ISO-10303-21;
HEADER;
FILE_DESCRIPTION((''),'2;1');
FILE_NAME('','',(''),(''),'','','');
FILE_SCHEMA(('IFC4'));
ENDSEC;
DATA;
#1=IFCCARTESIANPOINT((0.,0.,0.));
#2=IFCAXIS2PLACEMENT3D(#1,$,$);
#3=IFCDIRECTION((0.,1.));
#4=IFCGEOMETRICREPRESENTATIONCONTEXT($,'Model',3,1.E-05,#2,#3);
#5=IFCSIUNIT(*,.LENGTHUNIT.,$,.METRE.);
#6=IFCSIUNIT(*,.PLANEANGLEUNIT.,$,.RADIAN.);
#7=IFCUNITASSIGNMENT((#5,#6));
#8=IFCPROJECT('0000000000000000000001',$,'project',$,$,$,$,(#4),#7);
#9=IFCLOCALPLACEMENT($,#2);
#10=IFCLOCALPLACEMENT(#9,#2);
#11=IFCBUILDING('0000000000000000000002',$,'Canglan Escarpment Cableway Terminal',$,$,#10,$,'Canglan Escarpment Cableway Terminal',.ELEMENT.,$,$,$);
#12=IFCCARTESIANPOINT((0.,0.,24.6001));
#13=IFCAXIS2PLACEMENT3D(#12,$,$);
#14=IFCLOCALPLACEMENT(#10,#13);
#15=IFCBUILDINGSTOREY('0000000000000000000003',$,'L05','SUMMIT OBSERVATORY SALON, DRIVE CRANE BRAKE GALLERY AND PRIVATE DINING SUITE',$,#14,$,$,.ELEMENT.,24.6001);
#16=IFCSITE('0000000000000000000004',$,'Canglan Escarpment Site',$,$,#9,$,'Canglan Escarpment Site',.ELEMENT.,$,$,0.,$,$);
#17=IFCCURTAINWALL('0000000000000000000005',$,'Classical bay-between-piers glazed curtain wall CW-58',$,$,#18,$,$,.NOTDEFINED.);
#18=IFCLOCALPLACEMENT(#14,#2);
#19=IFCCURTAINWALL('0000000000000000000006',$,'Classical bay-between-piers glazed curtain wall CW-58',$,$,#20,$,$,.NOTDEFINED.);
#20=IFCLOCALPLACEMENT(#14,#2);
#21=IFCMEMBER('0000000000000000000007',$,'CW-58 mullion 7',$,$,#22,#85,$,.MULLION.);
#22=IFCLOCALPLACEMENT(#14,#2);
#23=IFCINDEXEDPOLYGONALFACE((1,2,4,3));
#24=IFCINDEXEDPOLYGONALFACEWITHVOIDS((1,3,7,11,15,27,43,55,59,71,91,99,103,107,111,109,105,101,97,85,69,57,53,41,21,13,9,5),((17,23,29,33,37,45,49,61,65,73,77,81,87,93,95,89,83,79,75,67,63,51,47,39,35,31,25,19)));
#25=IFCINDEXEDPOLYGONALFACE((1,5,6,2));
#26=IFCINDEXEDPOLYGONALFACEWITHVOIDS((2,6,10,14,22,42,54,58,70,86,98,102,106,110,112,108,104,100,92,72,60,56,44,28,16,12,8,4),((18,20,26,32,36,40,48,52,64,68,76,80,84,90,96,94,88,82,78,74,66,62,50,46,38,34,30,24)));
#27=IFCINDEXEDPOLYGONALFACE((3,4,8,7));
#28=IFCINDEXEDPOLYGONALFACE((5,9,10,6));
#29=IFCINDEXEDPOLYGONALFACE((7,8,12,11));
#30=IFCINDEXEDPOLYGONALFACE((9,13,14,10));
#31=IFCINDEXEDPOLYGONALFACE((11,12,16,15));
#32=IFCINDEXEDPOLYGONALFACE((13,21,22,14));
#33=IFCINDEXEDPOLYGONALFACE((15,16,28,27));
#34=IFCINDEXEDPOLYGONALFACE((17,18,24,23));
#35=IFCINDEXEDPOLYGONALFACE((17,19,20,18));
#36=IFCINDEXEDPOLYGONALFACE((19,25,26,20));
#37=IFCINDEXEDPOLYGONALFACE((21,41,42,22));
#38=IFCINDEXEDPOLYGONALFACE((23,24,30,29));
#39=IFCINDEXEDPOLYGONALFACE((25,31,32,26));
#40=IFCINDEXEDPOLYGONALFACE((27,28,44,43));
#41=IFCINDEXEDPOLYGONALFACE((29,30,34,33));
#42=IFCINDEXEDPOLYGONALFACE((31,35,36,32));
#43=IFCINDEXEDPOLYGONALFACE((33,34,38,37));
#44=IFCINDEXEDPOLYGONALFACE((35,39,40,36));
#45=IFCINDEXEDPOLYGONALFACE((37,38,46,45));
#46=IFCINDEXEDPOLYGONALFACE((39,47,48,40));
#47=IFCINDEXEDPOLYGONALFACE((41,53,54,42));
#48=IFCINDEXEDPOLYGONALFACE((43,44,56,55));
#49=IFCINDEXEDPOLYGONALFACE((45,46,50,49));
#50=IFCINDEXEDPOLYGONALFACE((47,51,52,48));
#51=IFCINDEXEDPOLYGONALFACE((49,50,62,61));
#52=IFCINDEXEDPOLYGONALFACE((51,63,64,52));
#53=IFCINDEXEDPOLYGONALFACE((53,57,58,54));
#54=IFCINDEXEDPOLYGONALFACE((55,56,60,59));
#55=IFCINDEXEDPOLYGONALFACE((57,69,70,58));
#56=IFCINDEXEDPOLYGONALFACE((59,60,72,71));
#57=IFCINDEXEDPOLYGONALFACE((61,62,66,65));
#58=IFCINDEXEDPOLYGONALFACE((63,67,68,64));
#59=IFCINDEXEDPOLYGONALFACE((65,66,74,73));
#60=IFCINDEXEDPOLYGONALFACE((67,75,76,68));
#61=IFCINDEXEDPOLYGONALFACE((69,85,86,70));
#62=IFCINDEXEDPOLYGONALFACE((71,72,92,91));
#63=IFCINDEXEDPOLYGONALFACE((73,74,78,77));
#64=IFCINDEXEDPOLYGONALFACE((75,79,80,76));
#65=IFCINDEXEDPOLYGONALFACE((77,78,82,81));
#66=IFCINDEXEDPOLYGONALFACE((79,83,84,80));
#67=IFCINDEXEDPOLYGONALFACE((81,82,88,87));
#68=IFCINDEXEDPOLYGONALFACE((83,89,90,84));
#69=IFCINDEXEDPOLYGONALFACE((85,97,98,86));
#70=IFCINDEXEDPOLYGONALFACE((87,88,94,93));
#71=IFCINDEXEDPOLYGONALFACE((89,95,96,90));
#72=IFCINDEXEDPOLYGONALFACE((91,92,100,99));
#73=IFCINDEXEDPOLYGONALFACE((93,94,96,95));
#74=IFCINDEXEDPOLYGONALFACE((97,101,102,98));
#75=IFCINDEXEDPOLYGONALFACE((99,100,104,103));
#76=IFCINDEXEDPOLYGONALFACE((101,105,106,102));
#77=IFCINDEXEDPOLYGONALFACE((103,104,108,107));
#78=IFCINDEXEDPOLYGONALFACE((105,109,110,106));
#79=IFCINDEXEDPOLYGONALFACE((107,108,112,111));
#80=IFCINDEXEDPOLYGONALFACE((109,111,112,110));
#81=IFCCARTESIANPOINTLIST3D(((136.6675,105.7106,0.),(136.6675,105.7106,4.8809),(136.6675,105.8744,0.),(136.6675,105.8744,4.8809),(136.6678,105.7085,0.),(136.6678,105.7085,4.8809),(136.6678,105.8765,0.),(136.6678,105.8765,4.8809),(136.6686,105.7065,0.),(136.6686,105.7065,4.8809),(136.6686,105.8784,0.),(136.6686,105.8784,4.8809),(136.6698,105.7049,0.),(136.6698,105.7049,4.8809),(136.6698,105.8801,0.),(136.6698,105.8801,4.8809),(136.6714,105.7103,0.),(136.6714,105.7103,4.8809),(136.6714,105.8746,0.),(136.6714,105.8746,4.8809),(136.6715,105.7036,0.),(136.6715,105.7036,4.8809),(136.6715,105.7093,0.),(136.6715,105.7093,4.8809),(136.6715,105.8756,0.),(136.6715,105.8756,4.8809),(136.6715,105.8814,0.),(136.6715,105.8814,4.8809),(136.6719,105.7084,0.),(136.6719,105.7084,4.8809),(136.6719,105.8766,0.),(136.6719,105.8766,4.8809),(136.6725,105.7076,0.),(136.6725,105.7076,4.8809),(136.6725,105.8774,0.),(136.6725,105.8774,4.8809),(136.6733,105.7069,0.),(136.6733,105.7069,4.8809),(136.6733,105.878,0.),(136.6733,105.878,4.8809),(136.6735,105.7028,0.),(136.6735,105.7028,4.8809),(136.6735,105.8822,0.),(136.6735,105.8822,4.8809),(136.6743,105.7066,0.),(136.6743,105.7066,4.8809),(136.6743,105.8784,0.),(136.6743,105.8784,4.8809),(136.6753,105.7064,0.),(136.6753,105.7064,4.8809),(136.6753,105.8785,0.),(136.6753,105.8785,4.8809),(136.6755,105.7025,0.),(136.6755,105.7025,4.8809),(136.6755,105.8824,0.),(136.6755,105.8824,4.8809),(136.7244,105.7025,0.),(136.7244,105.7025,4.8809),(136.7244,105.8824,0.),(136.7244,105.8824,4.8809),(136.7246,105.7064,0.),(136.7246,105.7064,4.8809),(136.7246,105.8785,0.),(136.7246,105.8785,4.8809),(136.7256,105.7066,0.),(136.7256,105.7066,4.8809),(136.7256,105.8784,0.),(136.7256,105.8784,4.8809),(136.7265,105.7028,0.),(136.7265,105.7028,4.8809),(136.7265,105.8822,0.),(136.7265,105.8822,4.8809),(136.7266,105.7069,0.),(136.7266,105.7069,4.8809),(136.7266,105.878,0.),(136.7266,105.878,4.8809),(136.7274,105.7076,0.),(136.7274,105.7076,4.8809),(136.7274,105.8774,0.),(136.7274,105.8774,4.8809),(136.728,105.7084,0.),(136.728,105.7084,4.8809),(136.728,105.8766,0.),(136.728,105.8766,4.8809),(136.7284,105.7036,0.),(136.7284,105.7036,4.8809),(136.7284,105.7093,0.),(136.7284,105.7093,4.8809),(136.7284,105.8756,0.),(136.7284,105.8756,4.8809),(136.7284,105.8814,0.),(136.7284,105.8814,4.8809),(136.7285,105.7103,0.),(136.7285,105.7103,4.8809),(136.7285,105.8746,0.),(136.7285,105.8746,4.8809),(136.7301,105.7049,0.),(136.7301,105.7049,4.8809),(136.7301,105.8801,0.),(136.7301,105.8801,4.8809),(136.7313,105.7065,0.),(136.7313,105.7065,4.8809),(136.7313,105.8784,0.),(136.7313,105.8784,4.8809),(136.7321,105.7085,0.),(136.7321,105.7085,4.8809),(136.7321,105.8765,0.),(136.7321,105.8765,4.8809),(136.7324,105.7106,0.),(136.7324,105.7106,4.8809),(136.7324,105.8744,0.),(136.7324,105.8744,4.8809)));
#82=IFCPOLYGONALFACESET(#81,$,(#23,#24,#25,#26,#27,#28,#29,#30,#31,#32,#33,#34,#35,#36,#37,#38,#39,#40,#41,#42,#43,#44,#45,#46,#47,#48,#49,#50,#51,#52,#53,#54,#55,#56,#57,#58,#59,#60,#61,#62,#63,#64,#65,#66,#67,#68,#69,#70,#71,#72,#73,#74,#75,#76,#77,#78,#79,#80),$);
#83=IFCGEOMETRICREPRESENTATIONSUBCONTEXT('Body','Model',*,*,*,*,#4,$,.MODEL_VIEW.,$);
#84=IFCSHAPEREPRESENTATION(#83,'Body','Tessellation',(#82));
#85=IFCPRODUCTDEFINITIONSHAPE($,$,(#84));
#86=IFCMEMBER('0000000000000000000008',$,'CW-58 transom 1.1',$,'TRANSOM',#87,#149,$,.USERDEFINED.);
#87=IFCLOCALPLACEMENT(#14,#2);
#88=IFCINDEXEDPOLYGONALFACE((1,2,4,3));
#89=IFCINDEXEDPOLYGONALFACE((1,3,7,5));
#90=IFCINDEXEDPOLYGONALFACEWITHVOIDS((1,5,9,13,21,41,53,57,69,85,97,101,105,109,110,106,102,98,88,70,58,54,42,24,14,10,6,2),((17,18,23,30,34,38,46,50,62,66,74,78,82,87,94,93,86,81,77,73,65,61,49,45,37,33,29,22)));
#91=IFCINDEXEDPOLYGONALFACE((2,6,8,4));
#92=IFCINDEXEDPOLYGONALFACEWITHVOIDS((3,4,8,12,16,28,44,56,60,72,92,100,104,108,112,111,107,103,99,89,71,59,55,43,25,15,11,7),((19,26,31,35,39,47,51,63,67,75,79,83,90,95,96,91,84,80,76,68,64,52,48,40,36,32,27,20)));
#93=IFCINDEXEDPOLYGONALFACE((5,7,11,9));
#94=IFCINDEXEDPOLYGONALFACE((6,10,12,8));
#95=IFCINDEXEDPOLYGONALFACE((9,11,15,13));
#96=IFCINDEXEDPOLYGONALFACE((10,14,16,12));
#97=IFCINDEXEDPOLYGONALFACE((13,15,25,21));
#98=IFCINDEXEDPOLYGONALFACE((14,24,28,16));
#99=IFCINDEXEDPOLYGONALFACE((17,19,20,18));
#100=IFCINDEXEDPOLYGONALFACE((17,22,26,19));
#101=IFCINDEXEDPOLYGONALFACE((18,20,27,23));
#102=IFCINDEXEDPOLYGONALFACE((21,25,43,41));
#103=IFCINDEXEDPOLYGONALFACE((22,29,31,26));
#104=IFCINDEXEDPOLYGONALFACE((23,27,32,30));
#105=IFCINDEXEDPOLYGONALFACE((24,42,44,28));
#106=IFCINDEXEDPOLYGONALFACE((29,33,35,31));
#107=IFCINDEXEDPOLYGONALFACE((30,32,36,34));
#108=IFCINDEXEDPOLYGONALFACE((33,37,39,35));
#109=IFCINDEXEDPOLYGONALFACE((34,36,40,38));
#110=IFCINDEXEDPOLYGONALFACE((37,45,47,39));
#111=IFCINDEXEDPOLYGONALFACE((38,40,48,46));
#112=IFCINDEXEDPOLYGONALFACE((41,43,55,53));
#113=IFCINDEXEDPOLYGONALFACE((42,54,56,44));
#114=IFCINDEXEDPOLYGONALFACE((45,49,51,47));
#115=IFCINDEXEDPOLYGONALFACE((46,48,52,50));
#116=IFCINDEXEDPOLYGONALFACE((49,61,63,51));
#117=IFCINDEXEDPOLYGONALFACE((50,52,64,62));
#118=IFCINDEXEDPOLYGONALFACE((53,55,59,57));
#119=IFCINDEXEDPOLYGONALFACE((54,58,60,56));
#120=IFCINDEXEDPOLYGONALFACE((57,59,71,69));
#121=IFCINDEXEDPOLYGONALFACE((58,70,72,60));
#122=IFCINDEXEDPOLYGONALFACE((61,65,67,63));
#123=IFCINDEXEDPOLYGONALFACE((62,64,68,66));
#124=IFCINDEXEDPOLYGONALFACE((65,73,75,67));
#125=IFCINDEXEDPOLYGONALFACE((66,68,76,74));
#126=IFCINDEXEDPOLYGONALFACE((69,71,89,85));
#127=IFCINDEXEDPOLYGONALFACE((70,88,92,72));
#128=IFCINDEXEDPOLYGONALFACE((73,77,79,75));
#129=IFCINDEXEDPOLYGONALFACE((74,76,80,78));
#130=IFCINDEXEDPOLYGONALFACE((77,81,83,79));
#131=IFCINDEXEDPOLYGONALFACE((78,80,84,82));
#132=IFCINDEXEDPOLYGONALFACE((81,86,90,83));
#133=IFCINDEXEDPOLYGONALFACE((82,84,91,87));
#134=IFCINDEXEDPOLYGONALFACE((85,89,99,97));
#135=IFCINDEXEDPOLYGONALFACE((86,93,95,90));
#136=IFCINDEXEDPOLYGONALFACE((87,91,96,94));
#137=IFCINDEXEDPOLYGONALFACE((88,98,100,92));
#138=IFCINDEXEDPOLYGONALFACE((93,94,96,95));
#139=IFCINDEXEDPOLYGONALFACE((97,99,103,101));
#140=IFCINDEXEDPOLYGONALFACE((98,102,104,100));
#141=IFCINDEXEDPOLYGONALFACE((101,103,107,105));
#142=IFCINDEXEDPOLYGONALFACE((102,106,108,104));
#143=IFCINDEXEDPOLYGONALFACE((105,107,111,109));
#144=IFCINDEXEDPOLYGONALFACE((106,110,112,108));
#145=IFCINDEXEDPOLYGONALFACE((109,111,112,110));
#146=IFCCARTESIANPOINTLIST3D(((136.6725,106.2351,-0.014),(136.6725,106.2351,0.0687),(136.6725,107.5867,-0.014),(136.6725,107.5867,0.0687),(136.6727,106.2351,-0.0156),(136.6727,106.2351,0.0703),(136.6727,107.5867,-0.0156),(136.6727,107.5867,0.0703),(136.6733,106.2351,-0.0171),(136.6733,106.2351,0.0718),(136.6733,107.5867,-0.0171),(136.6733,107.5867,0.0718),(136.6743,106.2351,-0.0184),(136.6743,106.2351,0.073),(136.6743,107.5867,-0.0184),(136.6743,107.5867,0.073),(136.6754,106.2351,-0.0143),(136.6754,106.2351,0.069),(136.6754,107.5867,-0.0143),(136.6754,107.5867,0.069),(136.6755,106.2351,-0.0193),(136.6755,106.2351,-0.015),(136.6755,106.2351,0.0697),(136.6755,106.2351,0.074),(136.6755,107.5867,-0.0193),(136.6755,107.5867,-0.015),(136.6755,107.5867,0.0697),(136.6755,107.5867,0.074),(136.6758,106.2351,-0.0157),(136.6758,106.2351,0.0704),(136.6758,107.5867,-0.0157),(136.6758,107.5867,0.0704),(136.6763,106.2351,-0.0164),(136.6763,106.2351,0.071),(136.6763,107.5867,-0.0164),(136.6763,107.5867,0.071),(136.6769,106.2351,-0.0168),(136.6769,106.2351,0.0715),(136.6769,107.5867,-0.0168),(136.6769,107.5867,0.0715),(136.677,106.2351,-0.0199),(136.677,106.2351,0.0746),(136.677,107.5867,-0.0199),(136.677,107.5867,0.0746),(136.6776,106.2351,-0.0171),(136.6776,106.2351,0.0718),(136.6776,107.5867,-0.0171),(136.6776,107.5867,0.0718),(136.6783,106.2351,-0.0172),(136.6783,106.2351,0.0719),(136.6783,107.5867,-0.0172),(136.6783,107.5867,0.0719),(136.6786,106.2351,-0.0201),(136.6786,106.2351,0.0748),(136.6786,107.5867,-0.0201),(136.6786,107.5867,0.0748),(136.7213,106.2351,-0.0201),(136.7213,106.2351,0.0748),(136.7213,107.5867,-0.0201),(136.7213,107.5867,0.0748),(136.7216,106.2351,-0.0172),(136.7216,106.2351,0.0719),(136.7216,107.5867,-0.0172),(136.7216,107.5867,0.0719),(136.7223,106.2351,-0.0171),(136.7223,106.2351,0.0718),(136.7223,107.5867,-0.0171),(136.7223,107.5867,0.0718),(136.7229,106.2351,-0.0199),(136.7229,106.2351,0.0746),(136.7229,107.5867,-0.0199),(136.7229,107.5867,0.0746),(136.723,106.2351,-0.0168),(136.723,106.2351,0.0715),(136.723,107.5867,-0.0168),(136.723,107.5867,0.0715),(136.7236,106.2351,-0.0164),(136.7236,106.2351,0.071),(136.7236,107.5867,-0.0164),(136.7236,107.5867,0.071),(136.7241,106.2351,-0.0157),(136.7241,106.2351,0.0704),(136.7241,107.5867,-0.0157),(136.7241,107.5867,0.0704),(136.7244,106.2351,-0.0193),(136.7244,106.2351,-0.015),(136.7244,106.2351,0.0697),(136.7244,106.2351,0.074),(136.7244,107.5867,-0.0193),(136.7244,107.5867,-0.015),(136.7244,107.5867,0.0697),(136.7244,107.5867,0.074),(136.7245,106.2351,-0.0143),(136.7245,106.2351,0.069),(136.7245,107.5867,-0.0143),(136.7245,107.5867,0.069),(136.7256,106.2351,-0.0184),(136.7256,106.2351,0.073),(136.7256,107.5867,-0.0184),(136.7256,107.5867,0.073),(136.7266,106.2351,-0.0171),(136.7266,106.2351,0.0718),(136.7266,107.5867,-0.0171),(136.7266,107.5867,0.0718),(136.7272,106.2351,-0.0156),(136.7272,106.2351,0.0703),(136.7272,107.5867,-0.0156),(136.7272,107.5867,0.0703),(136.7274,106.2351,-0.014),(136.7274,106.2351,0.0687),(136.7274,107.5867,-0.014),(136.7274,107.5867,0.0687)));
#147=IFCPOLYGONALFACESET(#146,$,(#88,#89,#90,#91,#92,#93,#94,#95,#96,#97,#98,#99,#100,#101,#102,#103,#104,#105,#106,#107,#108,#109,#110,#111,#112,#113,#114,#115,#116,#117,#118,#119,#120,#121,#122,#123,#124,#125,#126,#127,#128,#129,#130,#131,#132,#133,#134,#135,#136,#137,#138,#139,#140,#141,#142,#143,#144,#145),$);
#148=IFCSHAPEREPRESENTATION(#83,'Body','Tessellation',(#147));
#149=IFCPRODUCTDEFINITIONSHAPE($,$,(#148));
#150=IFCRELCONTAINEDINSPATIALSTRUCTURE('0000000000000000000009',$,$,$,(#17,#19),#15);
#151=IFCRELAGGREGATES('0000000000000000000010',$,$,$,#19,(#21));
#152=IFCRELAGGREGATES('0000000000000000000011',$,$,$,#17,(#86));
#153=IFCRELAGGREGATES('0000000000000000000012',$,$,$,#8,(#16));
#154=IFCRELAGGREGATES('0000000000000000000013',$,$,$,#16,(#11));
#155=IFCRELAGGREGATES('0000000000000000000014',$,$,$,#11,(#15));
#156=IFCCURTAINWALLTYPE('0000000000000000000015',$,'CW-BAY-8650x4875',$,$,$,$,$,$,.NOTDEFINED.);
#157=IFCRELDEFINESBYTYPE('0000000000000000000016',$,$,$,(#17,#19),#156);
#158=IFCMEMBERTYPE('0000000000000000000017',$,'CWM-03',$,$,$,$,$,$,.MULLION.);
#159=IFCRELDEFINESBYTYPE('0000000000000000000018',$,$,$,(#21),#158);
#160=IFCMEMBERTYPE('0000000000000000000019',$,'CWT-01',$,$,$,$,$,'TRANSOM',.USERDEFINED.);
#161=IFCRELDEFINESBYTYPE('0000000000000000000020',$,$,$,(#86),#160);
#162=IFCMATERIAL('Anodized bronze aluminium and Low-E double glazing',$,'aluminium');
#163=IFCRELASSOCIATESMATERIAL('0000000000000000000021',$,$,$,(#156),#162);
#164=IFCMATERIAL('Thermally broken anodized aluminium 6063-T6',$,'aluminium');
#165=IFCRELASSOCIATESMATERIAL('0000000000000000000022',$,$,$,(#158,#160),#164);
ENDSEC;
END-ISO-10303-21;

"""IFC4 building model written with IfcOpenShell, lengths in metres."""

from ifc_helpers import new_model, si_unit, direction, frame, origin, origin_2d, place, context, subcontext, project, spatial, hollow_rectangle, extrude, material, material_profile, profile_set, type_object, element, aggregate, save


model = new_model("IFC4")

# Units and contexts
model_context = context("Model", 3, precision=1e-05, world=origin(), true_north=direction((0.0, 1.0)))
body_context = subcontext(model_context, "Body", "Model", "MODEL_VIEW")
ifc_project = project(units=[si_unit("LENGTHUNIT", "METRE"), si_unit("PLANEANGLEUNIT", "RADIAN")], contexts=[model_context])

# Site, building, storey
site_placement = place(None, origin())
site = spatial("IfcSite", under=ifc_project, at=site_placement, Name="Canglan Escarpment Site", LongName="Canglan Escarpment Site", CompositionType="ELEMENT", RefElevation=0.0)
building_placement = place(site_placement, origin())
building = spatial("IfcBuilding", under=site, at=building_placement, Name="Canglan Escarpment Cableway Terminal", LongName="Canglan Escarpment Cableway Terminal", CompositionType="ELEMENT")
storey_placement = place(building_placement, frame((0.0, 0.0, 24.6001)))
storey = spatial("IfcBuildingStorey", under=building, at=storey_placement, Name="L05", Description="SUMMIT OBSERVATORY SALON, DRIVE CRANE BRAKE GALLERY AND PRIVATE DINING SUITE", CompositionType="ELEMENT", Elevation=24.6001)

# Curtain wall
ifc_material_1 = material(Name="Anodized bronze aluminium and Low-E double glazing", Category="aluminium")
curtain_wall_type = type_object("IfcCurtainWallType", Name="CW-BAY-8650x4875", PredefinedType="NOTDEFINED", material=ifc_material_1)
curtain_wall_1_placement = place(storey_placement, origin())
curtain_wall_1 = element("IfcCurtainWall", 1, at=curtain_wall_1_placement, inside=storey, type_object=curtain_wall_type, Name="Classical bay-between-piers glazed curtain wall CW-58", PredefinedType="NOTDEFINED")
ifc_material_2 = material(Name="Thermally broken anodized aluminium 6063-T6", Category="aluminium")

# Curtain wall, member
curtain_wall_2_placement = place(storey_placement, origin())
curtain_wall_2 = element("IfcCurtainWall", 2, at=curtain_wall_2_placement, inside=storey, type_object=curtain_wall_type, Name="Classical bay-between-piers glazed curtain wall CW-58", PredefinedType="NOTDEFINED")
ifc_material_profile_1 = material_profile(ifc_material_2, hollow_rectangle(XDim=0.0649, YDim=0.1799, WallThickness=0.0039, InnerFilletRadius=0.0039, OuterFilletRadius=0.0081, at=origin_2d()), Name="ALU-MULL 65x180x4")
ifc_profile_set_1 = profile_set([ifc_material_profile_1], Name="Thermally broken anodized aluminium 6063-T6")
member_type_1 = type_object("IfcMemberType", Name="CWM-03", PredefinedType="MULLION", material=ifc_profile_set_1)
member_1_placement = place(storey_placement, frame((136.7, 105.7925, 0.0), z_axis=(0.0, 0.0, 1.0), x_axis=(-1.0, 0.0, 0.0)))
member_1 = element("IfcMember", 3, at=member_1_placement, type_object=member_type_1, Name="CW-58 mullion 7", PredefinedType="MULLION", context=body_context, shape_type="SweptSolid", body=[
    extrude(hollow_rectangle(XDim=0.0649, YDim=0.1799, WallThickness=0.0039, InnerFilletRadius=0.0039, OuterFilletRadius=0.0081, at=origin_2d()), origin(), (0.0, 0.0, 1.0), 4.8809),
])

# Member
ifc_material_profile_2 = material_profile(ifc_material_2, hollow_rectangle(XDim=0.0549, YDim=0.095, WallThickness=0.0029, InnerFilletRadius=0.0029, OuterFilletRadius=0.0061, at=origin_2d()), Name="ALU-TRAN 55x95x3")
ifc_profile_set_2 = profile_set([ifc_material_profile_2], Name="Thermally broken anodized aluminium 6063-T6")
member_type_2 = type_object("IfcMemberType", Name="CWT-01", ElementType="TRANSOM", PredefinedType="USERDEFINED", material=ifc_profile_set_2)
member_2_placement = place(storey_placement, frame((136.7, 106.2351, 0.0273), z_axis=(0.0, 1.0, 0.0), x_axis=(-1.0, 0.0, 0.0)))
member_2 = element("IfcMember", 4, at=member_2_placement, type_object=member_type_2, Name="CW-58 transom 1.1", ObjectType="TRANSOM", PredefinedType="USERDEFINED", context=body_context, shape_type="SweptSolid", body=[
    extrude(hollow_rectangle(XDim=0.0549, YDim=0.095, WallThickness=0.0029, InnerFilletRadius=0.0029, OuterFilletRadius=0.0061, at=origin_2d()), origin(), (0.0, 0.0, 1.0), 1.3516),
])

aggregate(curtain_wall_2, [member_1])
aggregate(curtain_wall_1, [member_2])

save(model, "model.ifc")
